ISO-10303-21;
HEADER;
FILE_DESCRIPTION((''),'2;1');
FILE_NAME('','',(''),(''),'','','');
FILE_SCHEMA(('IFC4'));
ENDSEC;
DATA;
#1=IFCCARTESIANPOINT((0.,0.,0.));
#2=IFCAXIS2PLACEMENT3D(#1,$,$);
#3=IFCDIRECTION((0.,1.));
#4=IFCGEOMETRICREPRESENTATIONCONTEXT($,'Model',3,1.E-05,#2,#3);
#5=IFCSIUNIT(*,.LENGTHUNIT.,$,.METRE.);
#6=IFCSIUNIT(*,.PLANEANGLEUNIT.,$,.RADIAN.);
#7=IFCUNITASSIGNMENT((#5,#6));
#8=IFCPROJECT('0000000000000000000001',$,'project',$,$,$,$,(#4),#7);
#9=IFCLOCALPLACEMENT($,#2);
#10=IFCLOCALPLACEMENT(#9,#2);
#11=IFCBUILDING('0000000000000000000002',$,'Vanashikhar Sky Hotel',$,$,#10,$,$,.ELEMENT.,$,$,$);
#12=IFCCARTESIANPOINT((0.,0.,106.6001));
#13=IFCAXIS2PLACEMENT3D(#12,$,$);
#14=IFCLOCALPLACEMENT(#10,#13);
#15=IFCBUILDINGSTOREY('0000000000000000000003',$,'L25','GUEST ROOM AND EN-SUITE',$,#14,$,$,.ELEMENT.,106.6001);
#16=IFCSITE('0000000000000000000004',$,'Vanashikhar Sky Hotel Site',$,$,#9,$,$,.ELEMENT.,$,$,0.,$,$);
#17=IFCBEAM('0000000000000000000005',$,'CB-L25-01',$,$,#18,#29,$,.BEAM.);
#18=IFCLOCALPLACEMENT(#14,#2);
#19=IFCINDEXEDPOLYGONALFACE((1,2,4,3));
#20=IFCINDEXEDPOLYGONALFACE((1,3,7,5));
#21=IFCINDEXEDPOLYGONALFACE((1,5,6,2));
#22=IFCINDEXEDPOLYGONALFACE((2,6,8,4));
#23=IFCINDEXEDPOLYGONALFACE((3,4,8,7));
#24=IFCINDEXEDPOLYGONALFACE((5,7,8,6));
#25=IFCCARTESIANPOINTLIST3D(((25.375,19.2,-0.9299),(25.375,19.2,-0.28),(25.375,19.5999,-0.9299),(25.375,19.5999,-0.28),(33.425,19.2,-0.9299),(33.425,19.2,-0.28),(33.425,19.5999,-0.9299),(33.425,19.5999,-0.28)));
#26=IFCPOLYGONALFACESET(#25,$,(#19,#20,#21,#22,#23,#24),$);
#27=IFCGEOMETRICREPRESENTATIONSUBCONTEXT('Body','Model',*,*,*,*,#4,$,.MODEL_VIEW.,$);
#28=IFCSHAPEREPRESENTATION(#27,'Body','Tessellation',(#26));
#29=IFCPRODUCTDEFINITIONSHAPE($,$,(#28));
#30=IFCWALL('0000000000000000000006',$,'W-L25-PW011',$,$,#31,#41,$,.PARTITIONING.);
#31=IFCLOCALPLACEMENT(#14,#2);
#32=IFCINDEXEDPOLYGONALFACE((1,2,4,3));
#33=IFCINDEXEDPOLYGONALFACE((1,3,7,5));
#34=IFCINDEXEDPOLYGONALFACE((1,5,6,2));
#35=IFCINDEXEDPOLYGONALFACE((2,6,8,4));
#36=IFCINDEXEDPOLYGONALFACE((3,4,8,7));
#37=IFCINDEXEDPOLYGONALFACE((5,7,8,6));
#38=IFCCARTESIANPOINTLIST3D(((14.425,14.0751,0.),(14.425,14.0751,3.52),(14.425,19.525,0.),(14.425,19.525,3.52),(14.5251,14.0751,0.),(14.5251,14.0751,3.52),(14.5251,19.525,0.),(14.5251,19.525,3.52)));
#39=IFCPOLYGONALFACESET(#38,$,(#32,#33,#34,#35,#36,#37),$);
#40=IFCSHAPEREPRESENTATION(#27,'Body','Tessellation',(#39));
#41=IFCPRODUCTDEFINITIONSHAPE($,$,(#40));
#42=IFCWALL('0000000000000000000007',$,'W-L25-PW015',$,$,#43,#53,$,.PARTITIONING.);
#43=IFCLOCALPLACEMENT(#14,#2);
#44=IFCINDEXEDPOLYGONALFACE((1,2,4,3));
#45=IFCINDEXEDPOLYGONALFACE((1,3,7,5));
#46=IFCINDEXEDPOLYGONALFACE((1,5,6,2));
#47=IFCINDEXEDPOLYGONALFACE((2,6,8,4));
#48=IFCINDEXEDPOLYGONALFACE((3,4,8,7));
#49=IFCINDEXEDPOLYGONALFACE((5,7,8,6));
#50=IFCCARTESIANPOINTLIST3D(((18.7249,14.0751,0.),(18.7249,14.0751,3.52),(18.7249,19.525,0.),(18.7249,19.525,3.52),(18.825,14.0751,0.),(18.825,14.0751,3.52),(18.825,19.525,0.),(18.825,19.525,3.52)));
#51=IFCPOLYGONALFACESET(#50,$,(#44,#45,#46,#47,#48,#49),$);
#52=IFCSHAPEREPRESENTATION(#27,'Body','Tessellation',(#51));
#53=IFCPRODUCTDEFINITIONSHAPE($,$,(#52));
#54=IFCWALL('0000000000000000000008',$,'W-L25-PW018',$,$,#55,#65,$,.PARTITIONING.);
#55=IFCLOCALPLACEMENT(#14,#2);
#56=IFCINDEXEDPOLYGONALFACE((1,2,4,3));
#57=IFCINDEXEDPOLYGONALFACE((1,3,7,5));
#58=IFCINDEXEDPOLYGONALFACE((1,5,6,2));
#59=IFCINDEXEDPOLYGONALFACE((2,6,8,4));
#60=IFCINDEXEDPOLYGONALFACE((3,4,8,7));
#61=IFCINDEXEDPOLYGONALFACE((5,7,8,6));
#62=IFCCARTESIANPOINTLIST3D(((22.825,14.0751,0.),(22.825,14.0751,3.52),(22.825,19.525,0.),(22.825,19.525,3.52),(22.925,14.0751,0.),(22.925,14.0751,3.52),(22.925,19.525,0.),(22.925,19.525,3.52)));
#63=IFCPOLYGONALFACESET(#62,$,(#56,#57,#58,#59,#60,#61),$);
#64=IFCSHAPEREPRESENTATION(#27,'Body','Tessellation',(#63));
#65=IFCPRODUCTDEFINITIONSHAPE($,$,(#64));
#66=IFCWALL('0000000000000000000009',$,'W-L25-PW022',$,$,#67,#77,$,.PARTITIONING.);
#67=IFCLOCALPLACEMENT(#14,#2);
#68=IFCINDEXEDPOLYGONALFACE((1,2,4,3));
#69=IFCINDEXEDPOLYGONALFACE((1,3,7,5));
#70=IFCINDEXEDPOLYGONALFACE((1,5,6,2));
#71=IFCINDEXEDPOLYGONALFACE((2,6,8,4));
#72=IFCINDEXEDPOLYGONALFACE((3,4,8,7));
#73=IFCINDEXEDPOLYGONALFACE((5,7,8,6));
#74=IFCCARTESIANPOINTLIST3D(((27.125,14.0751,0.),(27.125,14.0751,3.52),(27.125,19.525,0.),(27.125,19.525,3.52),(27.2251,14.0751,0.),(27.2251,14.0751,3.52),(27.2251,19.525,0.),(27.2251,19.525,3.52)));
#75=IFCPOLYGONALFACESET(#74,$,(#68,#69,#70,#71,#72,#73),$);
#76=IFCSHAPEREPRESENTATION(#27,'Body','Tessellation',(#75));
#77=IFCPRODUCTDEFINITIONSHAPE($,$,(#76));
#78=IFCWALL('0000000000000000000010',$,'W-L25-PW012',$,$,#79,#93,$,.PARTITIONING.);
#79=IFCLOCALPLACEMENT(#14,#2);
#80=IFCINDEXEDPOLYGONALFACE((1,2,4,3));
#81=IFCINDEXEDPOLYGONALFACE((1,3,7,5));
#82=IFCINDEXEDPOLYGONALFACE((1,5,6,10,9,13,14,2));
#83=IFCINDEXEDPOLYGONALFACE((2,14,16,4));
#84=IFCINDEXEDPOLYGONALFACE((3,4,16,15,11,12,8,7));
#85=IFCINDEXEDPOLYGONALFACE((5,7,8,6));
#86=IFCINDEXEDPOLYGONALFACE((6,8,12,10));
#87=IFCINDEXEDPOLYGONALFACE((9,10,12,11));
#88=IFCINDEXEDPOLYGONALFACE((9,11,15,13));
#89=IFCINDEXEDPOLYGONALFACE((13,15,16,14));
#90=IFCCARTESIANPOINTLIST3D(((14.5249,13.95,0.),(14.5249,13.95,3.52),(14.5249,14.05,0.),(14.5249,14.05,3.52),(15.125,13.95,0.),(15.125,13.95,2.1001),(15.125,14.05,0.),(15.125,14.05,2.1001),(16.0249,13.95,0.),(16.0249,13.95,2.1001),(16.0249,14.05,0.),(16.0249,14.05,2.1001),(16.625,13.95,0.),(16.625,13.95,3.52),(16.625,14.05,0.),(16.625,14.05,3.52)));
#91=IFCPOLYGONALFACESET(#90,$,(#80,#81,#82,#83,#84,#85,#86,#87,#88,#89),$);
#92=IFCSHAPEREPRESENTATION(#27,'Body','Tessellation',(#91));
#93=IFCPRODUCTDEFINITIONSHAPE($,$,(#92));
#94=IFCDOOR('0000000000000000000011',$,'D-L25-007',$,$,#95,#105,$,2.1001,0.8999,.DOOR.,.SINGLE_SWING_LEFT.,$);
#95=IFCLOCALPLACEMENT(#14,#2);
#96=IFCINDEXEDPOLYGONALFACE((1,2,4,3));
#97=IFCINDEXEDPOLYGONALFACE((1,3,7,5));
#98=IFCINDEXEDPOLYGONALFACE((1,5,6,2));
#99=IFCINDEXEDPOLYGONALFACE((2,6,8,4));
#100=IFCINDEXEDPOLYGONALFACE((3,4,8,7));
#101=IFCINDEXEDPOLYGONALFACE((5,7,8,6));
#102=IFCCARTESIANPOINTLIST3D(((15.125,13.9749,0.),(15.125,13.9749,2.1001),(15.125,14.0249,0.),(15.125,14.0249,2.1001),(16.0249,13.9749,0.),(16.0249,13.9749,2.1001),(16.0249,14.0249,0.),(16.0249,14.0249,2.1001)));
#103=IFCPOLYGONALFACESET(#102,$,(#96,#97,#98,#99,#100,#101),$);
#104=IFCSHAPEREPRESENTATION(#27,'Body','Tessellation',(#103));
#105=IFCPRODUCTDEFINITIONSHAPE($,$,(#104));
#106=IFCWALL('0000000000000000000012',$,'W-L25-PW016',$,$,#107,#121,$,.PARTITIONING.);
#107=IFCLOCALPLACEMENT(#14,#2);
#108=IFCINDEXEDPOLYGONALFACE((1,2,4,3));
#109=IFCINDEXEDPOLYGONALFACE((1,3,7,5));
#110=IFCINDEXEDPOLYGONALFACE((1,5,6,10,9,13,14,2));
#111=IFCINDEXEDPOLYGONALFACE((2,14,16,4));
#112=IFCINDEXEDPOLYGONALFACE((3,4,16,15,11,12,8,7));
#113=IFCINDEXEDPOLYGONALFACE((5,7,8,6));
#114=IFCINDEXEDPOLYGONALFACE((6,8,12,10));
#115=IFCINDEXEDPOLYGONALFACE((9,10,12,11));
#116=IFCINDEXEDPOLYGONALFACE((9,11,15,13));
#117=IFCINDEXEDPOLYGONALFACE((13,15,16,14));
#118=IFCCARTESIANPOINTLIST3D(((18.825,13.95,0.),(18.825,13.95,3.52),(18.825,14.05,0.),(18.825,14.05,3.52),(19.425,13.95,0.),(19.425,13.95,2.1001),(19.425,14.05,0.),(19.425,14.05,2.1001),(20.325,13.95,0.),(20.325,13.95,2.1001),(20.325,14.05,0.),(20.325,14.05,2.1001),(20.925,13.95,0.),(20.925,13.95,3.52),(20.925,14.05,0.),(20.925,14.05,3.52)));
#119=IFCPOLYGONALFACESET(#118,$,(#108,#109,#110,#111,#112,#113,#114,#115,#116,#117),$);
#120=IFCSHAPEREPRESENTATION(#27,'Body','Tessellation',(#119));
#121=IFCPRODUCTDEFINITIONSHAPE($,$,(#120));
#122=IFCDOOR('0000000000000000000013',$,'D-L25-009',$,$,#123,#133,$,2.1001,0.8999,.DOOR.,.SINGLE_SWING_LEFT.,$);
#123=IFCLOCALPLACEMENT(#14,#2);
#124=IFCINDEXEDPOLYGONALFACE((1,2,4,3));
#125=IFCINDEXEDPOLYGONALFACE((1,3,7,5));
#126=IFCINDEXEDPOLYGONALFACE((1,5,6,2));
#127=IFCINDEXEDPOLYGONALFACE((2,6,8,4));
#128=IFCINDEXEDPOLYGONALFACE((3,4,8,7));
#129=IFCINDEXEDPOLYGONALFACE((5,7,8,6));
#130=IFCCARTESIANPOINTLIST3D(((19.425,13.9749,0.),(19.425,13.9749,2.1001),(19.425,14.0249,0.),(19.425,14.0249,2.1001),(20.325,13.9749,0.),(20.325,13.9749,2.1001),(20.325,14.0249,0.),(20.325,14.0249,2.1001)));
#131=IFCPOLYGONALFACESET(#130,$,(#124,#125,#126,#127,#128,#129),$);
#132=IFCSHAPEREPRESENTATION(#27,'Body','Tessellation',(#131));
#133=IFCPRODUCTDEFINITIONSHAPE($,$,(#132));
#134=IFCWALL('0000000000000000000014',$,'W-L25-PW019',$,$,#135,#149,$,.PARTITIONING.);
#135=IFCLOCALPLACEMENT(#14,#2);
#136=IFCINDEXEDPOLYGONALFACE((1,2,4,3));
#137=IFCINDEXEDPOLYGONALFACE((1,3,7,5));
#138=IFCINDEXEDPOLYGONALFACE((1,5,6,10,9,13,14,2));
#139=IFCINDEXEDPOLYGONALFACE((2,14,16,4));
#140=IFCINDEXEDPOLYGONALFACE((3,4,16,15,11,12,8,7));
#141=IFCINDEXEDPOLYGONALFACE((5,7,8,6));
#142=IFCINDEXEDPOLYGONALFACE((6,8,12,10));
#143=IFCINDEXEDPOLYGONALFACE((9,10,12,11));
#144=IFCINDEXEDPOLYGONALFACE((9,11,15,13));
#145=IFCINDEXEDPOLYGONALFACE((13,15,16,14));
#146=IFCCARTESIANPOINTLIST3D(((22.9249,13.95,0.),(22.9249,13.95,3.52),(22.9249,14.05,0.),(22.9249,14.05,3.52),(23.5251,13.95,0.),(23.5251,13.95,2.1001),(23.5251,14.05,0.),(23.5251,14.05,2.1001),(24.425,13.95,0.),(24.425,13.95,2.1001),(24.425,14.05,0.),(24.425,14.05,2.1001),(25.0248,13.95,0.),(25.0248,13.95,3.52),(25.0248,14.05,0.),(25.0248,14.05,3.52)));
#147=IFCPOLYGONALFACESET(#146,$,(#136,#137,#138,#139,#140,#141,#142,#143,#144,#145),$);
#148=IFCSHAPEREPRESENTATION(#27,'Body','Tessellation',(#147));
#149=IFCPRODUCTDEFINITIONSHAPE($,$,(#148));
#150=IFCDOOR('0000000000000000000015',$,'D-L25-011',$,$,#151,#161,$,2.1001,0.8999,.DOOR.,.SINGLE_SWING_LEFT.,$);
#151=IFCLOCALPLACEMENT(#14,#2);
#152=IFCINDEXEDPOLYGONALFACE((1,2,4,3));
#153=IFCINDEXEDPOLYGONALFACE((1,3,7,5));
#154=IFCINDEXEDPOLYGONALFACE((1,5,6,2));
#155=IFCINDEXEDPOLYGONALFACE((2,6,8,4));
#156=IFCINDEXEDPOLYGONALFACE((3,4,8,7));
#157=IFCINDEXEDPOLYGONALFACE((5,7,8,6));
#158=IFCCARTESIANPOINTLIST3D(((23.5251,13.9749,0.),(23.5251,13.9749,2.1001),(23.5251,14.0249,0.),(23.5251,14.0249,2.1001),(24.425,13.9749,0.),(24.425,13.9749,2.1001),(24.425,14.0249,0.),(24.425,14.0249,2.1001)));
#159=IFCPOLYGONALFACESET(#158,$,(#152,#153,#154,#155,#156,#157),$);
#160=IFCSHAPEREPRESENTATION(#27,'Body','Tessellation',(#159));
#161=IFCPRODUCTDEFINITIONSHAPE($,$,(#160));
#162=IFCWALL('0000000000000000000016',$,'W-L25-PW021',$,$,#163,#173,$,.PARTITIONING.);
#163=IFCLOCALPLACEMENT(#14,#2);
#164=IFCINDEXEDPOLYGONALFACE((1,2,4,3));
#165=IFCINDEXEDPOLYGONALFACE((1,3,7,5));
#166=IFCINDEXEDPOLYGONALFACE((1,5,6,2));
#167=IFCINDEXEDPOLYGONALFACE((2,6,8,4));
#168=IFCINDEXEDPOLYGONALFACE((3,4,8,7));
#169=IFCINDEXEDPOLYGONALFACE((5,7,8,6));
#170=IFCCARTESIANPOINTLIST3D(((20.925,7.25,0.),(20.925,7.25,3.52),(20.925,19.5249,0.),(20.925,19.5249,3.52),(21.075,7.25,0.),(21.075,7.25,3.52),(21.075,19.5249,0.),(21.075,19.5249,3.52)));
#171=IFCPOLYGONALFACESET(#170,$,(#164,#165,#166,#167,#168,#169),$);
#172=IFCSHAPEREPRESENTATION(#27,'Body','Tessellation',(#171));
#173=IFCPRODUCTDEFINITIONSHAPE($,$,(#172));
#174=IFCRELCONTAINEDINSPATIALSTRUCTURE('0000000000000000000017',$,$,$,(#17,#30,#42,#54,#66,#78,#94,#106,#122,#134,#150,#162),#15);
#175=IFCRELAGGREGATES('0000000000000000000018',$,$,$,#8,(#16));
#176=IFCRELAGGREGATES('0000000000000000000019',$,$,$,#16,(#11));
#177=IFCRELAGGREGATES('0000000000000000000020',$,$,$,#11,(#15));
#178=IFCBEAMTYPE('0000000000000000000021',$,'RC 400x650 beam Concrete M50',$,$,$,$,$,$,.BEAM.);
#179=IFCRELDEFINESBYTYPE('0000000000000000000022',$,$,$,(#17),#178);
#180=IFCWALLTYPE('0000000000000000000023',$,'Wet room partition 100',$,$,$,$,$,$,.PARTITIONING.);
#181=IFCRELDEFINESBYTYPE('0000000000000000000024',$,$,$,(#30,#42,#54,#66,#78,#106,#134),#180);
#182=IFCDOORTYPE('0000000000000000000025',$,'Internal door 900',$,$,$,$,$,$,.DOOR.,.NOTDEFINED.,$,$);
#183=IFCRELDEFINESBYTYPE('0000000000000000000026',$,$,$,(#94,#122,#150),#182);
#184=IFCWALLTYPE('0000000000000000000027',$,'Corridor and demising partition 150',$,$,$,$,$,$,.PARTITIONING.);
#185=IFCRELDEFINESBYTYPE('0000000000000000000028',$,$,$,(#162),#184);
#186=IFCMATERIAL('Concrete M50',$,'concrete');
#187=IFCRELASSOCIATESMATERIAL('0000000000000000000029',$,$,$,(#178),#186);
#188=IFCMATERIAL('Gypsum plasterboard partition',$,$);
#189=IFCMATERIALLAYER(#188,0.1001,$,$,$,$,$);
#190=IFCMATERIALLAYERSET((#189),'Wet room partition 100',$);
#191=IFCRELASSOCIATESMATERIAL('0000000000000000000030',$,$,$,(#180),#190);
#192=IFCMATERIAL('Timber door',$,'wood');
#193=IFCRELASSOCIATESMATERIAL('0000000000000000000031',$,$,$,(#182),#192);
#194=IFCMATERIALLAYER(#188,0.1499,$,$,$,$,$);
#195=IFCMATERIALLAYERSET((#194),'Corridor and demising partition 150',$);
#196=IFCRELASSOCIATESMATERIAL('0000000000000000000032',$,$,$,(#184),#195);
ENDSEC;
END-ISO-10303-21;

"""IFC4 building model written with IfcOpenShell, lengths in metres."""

from ifc_helpers import new_model, si_unit, direction, frame, frame_2d, origin, origin_2d, place, context, subcontext, project, spatial, rectangle, extrude, source, transform, mapped, material, layer, layer_set, material_profile, profile_set, type_object, element, fill, save


model = new_model("IFC4")

# Units and contexts
model_context = context("Model", 3, precision=1e-05, world=origin(), true_north=direction((0.0, 1.0)))
body_context = subcontext(model_context, "Body", "Model", "MODEL_VIEW")
ifc_project = project(units=[si_unit("LENGTHUNIT", "METRE"), si_unit("PLANEANGLEUNIT", "RADIAN")], contexts=[model_context])

# Site, building, storey
site_placement = place(None, origin())
site = spatial("IfcSite", under=ifc_project, at=site_placement, Name="Vanashikhar Sky Hotel Site", CompositionType="ELEMENT", RefElevation=0.0)
building_placement = place(site_placement, origin())
building = spatial("IfcBuilding", under=site, at=building_placement, Name="Vanashikhar Sky Hotel", CompositionType="ELEMENT")
storey_placement = place(building_placement, frame((0.0, 0.0, 106.6001)))
storey = spatial("IfcBuildingStorey", under=building, at=storey_placement, Name="L25", Description="GUEST ROOM AND EN-SUITE", CompositionType="ELEMENT", Elevation=106.6001)

# Beam
ifc_material_1 = material(Name="Concrete M50", Category="concrete")
ifc_material_profile = material_profile(ifc_material_1, rectangle(XDim=0.3999, YDim=0.6499, at=origin_2d()))
ifc_profile_set = profile_set([ifc_material_profile], Name="RC 400x650 beam Concrete M50")
beam_type = type_object("IfcBeamType", Name="RC 400x650 beam Concrete M50", PredefinedType="BEAM", material=ifc_profile_set)
shared_shape_1 = source(origin(), body_context, "Body", "SweptSolid", [
    extrude(rectangle(XDim=0.3999, YDim=0.6499, at=origin_2d()), origin(), (0.0, 0.0, 1.0), 8.05),
])
beam_placement = place(storey_placement, frame((25.375, 19.3999, -0.605), z_axis=(1.0, 0.0, 0.0), x_axis=(0.0, 1.0, 0.0)))
element("IfcBeam", 1, at=beam_placement, inside=storey, type_object=beam_type, Name="CB-L25-01", PredefinedType="BEAM", context=body_context, shape_type="MappedRepresentation", body=[
    mapped(shared_shape_1, transform((0.0, 0.0, 0.0), scale=1.0)),
])

# Walls
ifc_material_2 = material(Name="Gypsum plasterboard partition")
ifc_layer_1 = layer(ifc_material_2, 0.1001)
ifc_layer_set_1 = layer_set([ifc_layer_1], Name="Wet room partition 100")
wall_type_1 = type_object("IfcWallType", Name="Wet room partition 100", PredefinedType="PARTITIONING", material=ifc_layer_set_1)
shared_shape_2 = source(origin(), body_context, "Body", "SweptSolid", [
    extrude(rectangle(XDim=5.45, YDim=0.1001, at=frame_2d((2.7251, 0.0))), origin(), (0.0, 0.0, 1.0), 3.52),
])
for number, where, z_axis, x_axis, name in (
    (2, (14.4751, 14.075, 0.0), (0.0, 0.0, 1.0), (0.0, 1.0, 0.0), "W-L25-PW011"),
    (3, (18.7749, 14.075, 0.0), (0.0, 0.0, 1.0), (0.0, 1.0, 0.0), "W-L25-PW015"),
    (4, (22.875, 14.075, 0.0), (0.0, 0.0, 1.0), (0.0, 1.0, 0.0), "W-L25-PW018"),
    (5, (27.175, 14.075, 0.0), (0.0, 0.0, 1.0), (0.0, 1.0, 0.0), "W-L25-PW022"),
):
    element("IfcWall", number, at=place(storey_placement, frame(where, z_axis=z_axis, x_axis=x_axis)), inside=storey, type_object=wall_type_1, Name=name, PredefinedType="PARTITIONING", context=body_context, shape_type="MappedRepresentation", body=[
        mapped(shared_shape_2, transform((0.0, 0.0, 0.0), scale=1.0)),
    ])

# Walls, openings, doors
shared_shape_3 = source(origin(), body_context, "Body", "SweptSolid", [
    extrude(rectangle(XDim=2.1001, YDim=0.1001, at=frame_2d((1.05, 0.0))), origin(), (0.0, 0.0, 1.0), 3.52),
])
wall_1_placement = place(storey_placement, frame((14.5249, 14.0, 0.0), z_axis=(0.0, 0.0, 1.0), x_axis=(1.0, 0.0, 0.0)))
wall_1 = element("IfcWall", 6, at=wall_1_placement, inside=storey, type_object=wall_type_1, Name="W-L25-PW012", PredefinedType="PARTITIONING", context=body_context, shape_type="MappedRepresentation", body=[
    mapped(shared_shape_3, transform((0.0, 0.0, 0.0), scale=1.0)),
])
shared_shape_4 = source(origin(), body_context, "Body", "SweptSolid", [
    extrude(rectangle(XDim=0.8999, YDim=2.1001, at=frame_2d((0.45, 1.05))), frame((0.0, 0.0601, 0.0), z_axis=(0.0, -1.0, 0.0), x_axis=(1.0, 0.0, 0.0)), (0.0, 0.0, 1.0), 0.1201),
])
opening_1_placement = place(wall_1_placement, frame((0.6001, 0.0, 0.0)))
opening_1 = element("IfcOpeningElement", 7, at=opening_1_placement, cuts=wall_1, PredefinedType="OPENING", context=body_context, shape_type="MappedRepresentation", body=[
    mapped(shared_shape_4, transform((0.0, 0.0, 0.0), scale=1.0)),
])
ifc_material_3 = material(Name="Timber door", Category="wood")
door_type_1 = type_object("IfcDoorType", Name="Internal door 900", OperationType="NOTDEFINED", PredefinedType="DOOR", material=ifc_material_3)
shared_shape_5 = source(origin(), body_context, "Body", "SweptSolid", [
    extrude(rectangle(XDim=0.8999, YDim=2.1001, at=frame_2d((0.45, 1.05))), frame((0.0, 0.0249, 0.0), z_axis=(0.0, -1.0, 0.0), x_axis=(1.0, 0.0, 0.0)), (0.0, 0.0, 1.0), 0.05),
])
door_1_placement = place(opening_1_placement, origin())
door_1 = element("IfcDoor", 8, at=door_1_placement, inside=storey, type_object=door_type_1, Name="D-L25-007", OperationType="SINGLE_SWING_LEFT", OverallHeight=2.1001, OverallWidth=0.8999, PredefinedType="DOOR", context=body_context, shape_type="MappedRepresentation", body=[
    mapped(shared_shape_5, transform((0.0, 0.0, 0.0), scale=1.0)),
])
fill(opening_1, door_1)
wall_2_placement = place(storey_placement, frame((18.825, 14.0, 0.0), z_axis=(0.0, 0.0, 1.0), x_axis=(1.0, 0.0, 0.0)))
wall_2 = element("IfcWall", 9, at=wall_2_placement, inside=storey, type_object=wall_type_1, Name="W-L25-PW016", PredefinedType="PARTITIONING", context=body_context, shape_type="MappedRepresentation", body=[
    mapped(shared_shape_3, transform((0.0, 0.0, 0.0), scale=1.0)),
])
opening_2_placement = place(wall_2_placement, frame((0.6001, 0.0, 0.0)))
opening_2 = element("IfcOpeningElement", 10, at=opening_2_placement, cuts=wall_2, PredefinedType="OPENING", context=body_context, shape_type="MappedRepresentation", body=[
    mapped(shared_shape_4, transform((0.0, 0.0, 0.0), scale=1.0)),
])
door_2_placement = place(opening_2_placement, origin())
door_2 = element("IfcDoor", 11, at=door_2_placement, inside=storey, type_object=door_type_1, Name="D-L25-009", OperationType="SINGLE_SWING_LEFT", OverallHeight=2.1001, OverallWidth=0.8999, PredefinedType="DOOR", context=body_context, shape_type="MappedRepresentation", body=[
    mapped(shared_shape_5, transform((0.0, 0.0, 0.0), scale=1.0)),
])
fill(opening_2, door_2)
shared_shape_6 = source(origin(), body_context, "Body", "SweptSolid", [
    extrude(rectangle(XDim=2.0999, YDim=0.1001, at=frame_2d((1.0498, 0.0))), origin(), (0.0, 0.0, 1.0), 3.52),
])
wall_3_placement = place(storey_placement, frame((22.925, 14.0, 0.0), z_axis=(0.0, 0.0, 1.0), x_axis=(1.0, 0.0, 0.0)))
wall_3 = element("IfcWall", 12, at=wall_3_placement, inside=storey, type_object=wall_type_1, Name="W-L25-PW019", PredefinedType="PARTITIONING", context=body_context, shape_type="MappedRepresentation", body=[
    mapped(shared_shape_6, transform((0.0, 0.0, 0.0), scale=1.0)),
])
opening_3_placement = place(wall_3_placement, frame((0.6001, 0.0, 0.0)))
opening_3 = element("IfcOpeningElement", 13, at=opening_3_placement, cuts=wall_3, PredefinedType="OPENING", context=body_context, shape_type="MappedRepresentation", body=[
    mapped(shared_shape_4, transform((0.0, 0.0, 0.0), scale=1.0)),
])
door_3_placement = place(opening_3_placement, origin())
door_3 = element("IfcDoor", 14, at=door_3_placement, inside=storey, type_object=door_type_1, Name="D-L25-011", OperationType="SINGLE_SWING_LEFT", OverallHeight=2.1001, OverallWidth=0.8999, PredefinedType="DOOR", context=body_context, shape_type="MappedRepresentation", body=[
    mapped(shared_shape_5, transform((0.0, 0.0, 0.0), scale=1.0)),
])
fill(opening_3, door_3)

# Wall
ifc_layer_2 = layer(ifc_material_2, 0.1499)
ifc_layer_set_2 = layer_set([ifc_layer_2], Name="Corridor and demising partition 150")
wall_type_2 = type_object("IfcWallType", Name="Corridor and demising partition 150", PredefinedType="PARTITIONING", material=ifc_layer_set_2)
shared_shape_7 = source(origin(), body_context, "Body", "SweptSolid", [
    extrude(rectangle(XDim=12.2749, YDim=0.1499, at=frame_2d((6.1375, 0.0))), origin(), (0.0, 0.0, 1.0), 3.52),
])
wall_4_placement = place(storey_placement, frame((21.0, 7.25, 0.0), z_axis=(0.0, 0.0, 1.0), x_axis=(0.0, 1.0, 0.0)))
element("IfcWall", 15, at=wall_4_placement, inside=storey, type_object=wall_type_2, Name="W-L25-PW021", PredefinedType="PARTITIONING", context=body_context, shape_type="MappedRepresentation", body=[
    mapped(shared_shape_7, transform((0.0, 0.0, 0.0), scale=1.0)),
])

save(model, "model.ifc")
